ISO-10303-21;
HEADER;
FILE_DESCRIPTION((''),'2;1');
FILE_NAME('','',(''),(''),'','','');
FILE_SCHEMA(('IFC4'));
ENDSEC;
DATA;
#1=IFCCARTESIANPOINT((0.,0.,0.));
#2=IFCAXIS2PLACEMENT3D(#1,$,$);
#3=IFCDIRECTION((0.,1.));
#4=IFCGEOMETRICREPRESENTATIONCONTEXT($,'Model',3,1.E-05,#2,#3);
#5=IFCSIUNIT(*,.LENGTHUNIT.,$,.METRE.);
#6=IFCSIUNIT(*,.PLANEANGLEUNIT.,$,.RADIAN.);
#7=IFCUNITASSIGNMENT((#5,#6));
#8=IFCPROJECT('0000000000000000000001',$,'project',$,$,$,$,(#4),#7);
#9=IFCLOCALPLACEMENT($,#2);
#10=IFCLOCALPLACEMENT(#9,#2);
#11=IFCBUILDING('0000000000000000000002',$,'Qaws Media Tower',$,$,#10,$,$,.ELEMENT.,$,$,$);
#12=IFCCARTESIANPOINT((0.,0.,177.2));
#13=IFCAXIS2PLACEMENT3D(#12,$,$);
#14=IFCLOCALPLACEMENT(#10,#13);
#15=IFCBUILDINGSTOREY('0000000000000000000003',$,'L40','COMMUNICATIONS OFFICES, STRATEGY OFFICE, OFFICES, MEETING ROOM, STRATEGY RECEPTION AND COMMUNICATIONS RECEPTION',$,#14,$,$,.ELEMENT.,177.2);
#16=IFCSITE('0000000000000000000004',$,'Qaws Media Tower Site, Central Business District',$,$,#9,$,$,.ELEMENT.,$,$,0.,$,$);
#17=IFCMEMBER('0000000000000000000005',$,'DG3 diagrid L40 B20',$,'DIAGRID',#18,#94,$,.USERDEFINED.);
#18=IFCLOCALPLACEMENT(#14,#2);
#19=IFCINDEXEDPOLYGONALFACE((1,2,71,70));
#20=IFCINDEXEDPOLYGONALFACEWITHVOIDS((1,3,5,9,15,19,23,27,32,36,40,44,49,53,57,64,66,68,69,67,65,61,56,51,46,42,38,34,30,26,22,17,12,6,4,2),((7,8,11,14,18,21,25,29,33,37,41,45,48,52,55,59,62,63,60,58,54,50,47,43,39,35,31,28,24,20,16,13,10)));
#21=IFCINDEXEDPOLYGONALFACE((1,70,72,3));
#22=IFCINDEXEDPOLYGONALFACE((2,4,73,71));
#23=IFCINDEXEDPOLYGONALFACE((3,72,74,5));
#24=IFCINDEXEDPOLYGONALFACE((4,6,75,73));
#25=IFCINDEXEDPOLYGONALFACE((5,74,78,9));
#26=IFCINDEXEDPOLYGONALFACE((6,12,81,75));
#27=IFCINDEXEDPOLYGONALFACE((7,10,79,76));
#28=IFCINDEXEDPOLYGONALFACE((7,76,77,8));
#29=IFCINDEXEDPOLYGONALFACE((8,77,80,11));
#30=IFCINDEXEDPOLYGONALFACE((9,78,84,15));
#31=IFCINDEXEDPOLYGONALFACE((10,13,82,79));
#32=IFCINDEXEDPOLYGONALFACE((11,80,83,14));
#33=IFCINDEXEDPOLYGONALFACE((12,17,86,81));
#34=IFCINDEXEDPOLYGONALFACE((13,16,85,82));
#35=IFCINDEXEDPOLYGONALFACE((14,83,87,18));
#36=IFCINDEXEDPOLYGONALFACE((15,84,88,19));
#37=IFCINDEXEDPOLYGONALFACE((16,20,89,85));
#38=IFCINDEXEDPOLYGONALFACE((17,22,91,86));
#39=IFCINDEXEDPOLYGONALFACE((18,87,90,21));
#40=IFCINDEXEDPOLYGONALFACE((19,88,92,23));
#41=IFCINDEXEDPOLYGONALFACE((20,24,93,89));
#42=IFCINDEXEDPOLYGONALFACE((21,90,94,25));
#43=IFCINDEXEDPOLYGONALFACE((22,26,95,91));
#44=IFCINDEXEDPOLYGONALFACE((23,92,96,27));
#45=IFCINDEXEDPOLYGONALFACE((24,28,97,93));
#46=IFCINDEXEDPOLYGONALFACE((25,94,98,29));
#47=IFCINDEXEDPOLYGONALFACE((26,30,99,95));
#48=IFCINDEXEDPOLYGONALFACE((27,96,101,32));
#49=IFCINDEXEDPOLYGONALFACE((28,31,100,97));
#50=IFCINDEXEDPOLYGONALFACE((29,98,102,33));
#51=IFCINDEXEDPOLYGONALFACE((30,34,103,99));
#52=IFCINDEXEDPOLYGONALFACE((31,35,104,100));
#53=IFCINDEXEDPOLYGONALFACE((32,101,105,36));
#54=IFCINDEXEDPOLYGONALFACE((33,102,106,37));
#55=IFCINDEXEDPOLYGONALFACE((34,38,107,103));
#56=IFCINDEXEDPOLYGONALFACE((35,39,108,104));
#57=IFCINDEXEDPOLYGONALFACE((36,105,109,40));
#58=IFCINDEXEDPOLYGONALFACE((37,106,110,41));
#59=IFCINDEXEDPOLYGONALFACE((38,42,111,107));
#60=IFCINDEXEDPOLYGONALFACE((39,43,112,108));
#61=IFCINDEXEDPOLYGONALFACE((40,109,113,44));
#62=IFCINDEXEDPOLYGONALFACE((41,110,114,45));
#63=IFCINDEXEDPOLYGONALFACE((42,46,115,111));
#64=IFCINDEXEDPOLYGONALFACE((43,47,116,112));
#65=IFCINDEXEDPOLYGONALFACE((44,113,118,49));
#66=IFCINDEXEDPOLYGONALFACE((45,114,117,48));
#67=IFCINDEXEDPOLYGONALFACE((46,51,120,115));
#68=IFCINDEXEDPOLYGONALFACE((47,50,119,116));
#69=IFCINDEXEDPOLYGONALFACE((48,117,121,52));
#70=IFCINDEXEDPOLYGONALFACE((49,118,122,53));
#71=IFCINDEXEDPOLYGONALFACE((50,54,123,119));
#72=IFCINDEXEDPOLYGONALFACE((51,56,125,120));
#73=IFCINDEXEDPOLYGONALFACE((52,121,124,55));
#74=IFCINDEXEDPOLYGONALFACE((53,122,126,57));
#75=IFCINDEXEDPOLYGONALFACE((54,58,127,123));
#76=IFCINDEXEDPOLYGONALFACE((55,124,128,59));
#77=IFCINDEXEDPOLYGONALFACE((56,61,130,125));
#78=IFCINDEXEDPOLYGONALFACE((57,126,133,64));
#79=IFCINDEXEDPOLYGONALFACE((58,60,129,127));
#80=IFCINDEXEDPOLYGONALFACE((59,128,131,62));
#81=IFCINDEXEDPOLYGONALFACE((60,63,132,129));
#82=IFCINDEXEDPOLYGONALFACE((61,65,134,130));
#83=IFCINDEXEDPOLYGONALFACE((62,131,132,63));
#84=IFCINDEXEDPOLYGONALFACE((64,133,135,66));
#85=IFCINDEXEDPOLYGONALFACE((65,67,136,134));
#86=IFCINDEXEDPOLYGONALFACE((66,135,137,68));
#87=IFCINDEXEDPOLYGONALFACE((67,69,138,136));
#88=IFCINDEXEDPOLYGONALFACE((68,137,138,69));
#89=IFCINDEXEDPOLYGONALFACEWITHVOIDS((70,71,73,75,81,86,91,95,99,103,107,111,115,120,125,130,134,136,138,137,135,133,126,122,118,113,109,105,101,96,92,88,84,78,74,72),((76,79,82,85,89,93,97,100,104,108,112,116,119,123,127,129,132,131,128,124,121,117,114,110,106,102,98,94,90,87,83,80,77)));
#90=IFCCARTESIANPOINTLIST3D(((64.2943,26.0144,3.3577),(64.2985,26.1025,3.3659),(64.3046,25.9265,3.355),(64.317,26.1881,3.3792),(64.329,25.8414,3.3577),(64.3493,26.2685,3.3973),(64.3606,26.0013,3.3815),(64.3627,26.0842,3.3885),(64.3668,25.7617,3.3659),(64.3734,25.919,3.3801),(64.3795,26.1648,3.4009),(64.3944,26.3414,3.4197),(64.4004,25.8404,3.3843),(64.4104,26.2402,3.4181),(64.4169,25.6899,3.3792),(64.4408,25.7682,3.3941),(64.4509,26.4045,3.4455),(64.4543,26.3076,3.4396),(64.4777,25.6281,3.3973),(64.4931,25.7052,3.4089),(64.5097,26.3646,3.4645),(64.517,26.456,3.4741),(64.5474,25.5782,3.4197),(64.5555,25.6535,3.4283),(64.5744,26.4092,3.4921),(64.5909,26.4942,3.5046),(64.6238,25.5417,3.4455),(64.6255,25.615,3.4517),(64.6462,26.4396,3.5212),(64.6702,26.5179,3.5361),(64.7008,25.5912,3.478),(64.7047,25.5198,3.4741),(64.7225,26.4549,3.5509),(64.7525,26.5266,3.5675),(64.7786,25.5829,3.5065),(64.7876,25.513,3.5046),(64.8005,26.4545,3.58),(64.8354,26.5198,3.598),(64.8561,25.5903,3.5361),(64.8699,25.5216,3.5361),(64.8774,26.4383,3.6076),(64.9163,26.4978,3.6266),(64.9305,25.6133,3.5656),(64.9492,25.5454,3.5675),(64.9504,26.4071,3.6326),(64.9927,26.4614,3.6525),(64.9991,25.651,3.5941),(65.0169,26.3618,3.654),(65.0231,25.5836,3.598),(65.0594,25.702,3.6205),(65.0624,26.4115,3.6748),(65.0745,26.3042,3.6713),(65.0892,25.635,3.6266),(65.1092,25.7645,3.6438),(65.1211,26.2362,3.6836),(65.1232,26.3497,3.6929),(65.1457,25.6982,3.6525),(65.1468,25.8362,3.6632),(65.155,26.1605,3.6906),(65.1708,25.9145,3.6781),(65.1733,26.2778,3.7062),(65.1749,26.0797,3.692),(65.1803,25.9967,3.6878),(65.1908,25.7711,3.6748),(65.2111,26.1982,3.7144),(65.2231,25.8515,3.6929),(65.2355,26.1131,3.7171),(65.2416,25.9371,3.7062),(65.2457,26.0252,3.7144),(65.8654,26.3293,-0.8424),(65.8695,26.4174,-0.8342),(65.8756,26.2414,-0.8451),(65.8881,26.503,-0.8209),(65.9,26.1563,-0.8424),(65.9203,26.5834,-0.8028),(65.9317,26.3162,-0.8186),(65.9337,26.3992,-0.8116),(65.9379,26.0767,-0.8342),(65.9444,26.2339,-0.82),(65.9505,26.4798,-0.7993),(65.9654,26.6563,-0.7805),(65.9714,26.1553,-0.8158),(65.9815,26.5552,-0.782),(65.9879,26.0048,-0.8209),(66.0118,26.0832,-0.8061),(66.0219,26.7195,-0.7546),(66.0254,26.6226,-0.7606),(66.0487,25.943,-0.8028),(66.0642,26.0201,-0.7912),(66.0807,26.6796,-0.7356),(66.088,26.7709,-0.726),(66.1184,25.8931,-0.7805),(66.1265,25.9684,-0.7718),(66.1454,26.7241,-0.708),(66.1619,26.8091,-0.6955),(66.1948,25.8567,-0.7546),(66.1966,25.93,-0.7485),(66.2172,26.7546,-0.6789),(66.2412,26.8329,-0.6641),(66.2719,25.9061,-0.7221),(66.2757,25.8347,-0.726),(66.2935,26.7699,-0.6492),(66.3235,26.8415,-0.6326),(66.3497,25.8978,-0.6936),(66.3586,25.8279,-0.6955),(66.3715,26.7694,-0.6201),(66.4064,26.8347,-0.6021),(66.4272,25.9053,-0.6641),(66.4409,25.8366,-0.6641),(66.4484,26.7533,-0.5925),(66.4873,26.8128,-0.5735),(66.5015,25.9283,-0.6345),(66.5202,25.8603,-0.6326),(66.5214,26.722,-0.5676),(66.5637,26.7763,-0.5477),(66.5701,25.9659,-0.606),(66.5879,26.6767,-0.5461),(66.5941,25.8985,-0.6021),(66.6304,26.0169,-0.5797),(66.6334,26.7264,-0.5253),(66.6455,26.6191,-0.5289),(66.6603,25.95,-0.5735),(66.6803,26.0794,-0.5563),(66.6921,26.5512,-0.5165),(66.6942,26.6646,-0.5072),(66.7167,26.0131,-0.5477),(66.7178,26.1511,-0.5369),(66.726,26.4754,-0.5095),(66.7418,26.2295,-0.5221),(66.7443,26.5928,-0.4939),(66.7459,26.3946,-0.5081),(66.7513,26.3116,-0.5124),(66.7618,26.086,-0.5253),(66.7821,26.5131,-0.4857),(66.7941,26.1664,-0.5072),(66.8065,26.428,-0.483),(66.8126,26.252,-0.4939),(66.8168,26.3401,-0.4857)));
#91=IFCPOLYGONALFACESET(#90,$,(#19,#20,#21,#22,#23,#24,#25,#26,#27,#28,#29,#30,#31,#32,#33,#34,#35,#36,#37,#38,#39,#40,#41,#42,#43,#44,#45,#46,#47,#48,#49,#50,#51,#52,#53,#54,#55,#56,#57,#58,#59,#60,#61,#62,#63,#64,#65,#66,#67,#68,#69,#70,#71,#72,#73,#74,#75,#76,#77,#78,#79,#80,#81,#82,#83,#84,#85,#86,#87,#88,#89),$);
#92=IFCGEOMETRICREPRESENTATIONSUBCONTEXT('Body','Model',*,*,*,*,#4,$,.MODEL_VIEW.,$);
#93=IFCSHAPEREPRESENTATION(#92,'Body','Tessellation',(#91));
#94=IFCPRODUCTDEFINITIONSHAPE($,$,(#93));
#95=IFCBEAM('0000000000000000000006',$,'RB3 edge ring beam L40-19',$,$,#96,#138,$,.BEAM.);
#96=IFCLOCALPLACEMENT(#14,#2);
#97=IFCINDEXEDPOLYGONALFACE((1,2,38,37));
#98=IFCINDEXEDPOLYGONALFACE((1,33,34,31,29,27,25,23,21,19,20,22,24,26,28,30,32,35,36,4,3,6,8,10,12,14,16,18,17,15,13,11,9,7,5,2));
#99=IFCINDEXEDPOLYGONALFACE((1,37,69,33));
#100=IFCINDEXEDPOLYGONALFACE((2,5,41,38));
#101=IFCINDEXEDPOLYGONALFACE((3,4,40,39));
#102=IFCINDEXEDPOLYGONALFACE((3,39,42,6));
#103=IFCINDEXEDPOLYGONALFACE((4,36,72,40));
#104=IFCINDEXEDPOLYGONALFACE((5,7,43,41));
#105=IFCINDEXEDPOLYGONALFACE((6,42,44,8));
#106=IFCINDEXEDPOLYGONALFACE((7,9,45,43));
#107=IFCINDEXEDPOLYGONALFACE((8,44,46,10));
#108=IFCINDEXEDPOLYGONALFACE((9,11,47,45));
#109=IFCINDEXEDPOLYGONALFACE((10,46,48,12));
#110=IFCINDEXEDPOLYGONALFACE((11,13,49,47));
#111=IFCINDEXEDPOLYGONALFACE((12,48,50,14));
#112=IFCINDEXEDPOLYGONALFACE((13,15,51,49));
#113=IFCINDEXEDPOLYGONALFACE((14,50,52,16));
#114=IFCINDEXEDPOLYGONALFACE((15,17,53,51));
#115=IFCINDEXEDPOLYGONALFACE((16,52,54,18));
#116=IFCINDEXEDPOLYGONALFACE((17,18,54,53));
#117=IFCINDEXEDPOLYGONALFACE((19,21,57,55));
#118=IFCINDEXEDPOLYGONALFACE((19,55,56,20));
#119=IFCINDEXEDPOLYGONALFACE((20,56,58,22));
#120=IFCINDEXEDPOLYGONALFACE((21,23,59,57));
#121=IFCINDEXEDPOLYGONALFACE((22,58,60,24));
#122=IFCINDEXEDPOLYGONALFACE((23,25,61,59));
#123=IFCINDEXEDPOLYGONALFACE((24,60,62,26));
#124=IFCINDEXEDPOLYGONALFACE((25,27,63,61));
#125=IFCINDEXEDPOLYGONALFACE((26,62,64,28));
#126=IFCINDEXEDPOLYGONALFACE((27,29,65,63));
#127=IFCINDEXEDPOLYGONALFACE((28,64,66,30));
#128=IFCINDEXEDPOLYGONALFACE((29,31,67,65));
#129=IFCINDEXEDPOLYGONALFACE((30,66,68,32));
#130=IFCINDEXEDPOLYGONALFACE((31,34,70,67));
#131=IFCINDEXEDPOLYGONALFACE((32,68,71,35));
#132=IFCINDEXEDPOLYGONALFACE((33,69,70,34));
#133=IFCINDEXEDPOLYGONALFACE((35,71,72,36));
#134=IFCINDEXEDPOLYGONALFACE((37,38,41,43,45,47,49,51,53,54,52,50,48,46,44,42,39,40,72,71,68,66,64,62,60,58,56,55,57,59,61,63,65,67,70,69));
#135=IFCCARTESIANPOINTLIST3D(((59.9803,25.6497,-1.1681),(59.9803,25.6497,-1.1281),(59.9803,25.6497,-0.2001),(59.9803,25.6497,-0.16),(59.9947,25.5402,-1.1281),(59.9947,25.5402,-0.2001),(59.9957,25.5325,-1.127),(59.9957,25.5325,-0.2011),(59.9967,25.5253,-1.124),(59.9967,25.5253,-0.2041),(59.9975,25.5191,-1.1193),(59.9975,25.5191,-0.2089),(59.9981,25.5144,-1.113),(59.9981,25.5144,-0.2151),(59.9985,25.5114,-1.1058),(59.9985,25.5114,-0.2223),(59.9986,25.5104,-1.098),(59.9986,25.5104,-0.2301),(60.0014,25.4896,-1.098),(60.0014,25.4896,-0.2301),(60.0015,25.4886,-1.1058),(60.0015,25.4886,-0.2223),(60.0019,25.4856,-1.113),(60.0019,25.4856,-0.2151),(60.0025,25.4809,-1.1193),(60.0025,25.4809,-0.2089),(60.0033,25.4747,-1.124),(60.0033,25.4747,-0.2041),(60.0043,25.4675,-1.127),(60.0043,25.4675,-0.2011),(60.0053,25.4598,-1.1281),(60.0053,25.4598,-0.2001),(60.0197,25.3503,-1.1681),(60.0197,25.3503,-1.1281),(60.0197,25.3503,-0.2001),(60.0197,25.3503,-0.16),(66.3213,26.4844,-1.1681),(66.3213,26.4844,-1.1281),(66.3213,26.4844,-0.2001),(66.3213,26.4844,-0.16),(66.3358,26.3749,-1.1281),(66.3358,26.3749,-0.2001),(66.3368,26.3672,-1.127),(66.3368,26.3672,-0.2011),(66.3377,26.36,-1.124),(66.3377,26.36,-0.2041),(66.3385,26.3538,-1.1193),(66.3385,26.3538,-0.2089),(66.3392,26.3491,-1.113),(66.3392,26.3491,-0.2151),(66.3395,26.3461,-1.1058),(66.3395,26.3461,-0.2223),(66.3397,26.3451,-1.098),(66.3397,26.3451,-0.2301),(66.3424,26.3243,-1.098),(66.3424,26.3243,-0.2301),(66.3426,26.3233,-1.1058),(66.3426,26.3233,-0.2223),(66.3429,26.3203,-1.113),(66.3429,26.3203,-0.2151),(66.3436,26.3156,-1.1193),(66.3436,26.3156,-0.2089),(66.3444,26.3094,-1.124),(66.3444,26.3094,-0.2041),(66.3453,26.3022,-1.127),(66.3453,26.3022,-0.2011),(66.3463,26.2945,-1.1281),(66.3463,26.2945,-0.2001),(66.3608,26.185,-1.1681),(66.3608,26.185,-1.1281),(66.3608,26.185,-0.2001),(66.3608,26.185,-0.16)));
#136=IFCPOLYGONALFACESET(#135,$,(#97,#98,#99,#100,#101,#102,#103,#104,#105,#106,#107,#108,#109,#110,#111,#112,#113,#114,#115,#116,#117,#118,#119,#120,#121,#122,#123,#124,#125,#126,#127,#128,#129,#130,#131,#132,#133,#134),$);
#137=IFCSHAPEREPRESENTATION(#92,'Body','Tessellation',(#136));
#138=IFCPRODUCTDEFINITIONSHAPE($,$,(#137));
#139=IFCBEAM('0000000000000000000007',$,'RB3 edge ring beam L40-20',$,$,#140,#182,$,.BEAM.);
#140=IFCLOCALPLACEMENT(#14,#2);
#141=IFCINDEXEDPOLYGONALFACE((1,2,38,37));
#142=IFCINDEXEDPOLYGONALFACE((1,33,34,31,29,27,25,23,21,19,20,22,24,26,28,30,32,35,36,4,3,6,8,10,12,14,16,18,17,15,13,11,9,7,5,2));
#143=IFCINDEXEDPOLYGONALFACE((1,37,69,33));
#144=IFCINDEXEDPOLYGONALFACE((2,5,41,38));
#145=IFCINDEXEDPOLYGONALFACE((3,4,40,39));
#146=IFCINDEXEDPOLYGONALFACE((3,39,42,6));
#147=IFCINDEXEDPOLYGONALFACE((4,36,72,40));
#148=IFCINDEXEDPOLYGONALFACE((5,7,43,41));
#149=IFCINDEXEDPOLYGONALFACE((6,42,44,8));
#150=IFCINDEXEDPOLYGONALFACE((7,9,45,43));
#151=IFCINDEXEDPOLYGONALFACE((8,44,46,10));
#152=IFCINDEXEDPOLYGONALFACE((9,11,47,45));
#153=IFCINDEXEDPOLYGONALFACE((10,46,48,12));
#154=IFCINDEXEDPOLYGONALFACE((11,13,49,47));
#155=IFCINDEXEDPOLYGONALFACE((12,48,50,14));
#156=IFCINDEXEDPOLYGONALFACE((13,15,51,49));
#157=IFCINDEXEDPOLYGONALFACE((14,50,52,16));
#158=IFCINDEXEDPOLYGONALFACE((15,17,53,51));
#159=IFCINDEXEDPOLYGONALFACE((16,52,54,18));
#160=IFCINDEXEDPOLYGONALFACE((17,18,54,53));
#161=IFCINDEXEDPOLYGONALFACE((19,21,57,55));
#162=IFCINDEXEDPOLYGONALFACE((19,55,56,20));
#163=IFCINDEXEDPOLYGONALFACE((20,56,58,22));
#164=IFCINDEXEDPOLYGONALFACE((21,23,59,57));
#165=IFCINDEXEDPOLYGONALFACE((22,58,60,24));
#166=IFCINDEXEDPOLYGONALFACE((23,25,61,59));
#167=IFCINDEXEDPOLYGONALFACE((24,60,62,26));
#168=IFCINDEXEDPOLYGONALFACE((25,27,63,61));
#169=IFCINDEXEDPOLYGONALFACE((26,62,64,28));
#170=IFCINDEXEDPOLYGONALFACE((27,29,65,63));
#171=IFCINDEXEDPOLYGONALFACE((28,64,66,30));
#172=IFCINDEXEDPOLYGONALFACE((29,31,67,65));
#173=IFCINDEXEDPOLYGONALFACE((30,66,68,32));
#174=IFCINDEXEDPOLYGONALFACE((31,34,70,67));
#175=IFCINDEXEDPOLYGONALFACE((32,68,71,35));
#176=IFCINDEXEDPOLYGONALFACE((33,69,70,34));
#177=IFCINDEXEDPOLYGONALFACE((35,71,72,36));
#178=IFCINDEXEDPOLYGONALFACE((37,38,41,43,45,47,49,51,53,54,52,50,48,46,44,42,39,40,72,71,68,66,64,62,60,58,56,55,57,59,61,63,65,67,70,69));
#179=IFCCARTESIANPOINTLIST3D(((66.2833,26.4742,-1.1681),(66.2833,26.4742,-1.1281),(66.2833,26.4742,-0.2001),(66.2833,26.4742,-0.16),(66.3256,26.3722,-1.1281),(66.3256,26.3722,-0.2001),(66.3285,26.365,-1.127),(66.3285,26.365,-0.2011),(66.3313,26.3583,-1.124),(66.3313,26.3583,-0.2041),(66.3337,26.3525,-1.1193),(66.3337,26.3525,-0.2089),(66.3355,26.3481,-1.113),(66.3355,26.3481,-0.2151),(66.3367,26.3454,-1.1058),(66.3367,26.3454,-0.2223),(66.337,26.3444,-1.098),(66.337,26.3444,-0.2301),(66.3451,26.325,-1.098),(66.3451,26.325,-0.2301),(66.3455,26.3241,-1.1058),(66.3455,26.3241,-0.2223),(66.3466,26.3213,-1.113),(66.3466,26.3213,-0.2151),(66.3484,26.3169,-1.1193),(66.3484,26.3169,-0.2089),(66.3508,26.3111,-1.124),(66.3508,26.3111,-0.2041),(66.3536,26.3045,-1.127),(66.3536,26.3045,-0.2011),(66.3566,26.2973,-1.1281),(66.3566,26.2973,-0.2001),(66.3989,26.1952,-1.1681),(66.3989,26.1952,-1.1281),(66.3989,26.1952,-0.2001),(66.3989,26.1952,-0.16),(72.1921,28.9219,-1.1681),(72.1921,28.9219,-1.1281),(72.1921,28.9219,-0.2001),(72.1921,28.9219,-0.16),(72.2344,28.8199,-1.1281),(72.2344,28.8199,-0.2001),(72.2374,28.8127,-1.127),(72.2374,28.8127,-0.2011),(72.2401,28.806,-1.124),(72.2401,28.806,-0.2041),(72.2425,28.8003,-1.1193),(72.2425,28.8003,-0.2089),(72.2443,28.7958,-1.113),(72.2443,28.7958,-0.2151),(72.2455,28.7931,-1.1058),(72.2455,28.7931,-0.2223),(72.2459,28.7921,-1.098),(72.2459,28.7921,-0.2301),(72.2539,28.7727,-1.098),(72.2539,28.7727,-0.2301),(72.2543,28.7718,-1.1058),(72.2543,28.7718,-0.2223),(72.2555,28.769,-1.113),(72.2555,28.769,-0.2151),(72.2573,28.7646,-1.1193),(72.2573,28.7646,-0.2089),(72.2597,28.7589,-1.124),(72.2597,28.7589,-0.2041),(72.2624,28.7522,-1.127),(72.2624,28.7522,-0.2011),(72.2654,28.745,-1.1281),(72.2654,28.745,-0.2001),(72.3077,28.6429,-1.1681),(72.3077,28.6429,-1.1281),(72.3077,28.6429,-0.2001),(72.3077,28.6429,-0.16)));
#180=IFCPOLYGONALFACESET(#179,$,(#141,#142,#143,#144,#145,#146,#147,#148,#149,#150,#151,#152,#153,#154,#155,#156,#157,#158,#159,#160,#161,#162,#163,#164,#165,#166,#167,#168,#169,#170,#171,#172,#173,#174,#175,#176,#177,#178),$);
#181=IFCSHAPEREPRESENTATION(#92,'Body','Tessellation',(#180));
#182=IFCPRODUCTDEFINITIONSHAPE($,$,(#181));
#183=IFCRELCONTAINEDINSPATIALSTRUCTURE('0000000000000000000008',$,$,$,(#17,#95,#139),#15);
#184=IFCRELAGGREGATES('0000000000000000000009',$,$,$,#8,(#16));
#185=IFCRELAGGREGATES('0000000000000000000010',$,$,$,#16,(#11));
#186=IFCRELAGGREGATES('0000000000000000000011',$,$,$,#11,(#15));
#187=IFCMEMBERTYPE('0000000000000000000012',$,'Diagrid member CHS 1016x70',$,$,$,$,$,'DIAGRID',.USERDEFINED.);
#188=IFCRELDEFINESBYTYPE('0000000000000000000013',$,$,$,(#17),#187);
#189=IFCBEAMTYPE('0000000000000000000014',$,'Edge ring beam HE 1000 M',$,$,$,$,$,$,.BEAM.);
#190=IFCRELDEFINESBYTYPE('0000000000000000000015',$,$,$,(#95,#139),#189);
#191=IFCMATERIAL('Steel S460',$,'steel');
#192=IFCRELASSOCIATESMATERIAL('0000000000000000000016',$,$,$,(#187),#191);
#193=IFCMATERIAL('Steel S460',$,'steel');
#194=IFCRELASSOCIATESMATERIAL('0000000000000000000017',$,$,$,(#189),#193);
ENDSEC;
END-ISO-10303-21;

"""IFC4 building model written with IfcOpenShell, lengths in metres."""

from ifc_helpers import new_model, si_unit, direction, frame, origin, origin_2d, place, context, subcontext, project, spatial, hollow_circle, i_section, extrude, material, material_profile, profile_set, type_object, element, save


model = new_model("IFC4")

# Units and contexts
model_context = context("Model", 3, precision=1e-05, world=origin(), true_north=direction((0.0, 1.0)))
body_context = subcontext(model_context, "Body", "Model", "MODEL_VIEW")
ifc_project = project(units=[si_unit("LENGTHUNIT", "METRE"), si_unit("PLANEANGLEUNIT", "RADIAN")], contexts=[model_context])

# Site, building, storey
site_placement = place(None, origin())
site = spatial("IfcSite", under=ifc_project, at=site_placement, Name="Qaws Media Tower Site, Central Business District", CompositionType="ELEMENT", RefElevation=0.0)
building_placement = place(site_placement, origin())
building = spatial("IfcBuilding", under=site, at=building_placement, Name="Qaws Media Tower", CompositionType="ELEMENT")
storey_placement = place(building_placement, frame((0.0, 0.0, 177.2)))
storey = spatial("IfcBuildingStorey", under=building, at=storey_placement, Name="L40", Description="COMMUNICATIONS OFFICES, STRATEGY OFFICE, OFFICES, MEETING ROOM, STRATEGY RECEPTION AND COMMUNICATIONS RECEPTION", CompositionType="ELEMENT", Elevation=177.2)

# Member
ifc_material_1 = material(Name="Steel S460", Category="steel")
ifc_material_profile_1 = material_profile(ifc_material_1, hollow_circle(Radius=0.5081, WallThickness=0.0701, at=origin_2d()), Name="CHS 1016x70")
ifc_profile_set_1 = profile_set([ifc_material_profile_1], Name="Steel S460")
member_type_1 = type_object("IfcMemberType", Name="Diagrid member CHS 1016x70", ElementType="DIAGRID", PredefinedType="USERDEFINED", material=ifc_profile_set_1)
for number, where, z_axis, x_axis, name in (
    (1, (66.3411, 26.3347, -0.6641), (-0.349475, -0.070058, 0.934323), (0.196556, -0.980493, 0.0), "DG3 diagrid L40 B20"),
):
    element("IfcMember", number, at=place(storey_placement, frame(where, z_axis=z_axis, x_axis=x_axis)), inside=storey, type_object=member_type_1, Name=name, ObjectType="DIAGRID", PredefinedType="USERDEFINED", context=body_context, shape_type="SweptSolid", body=[
        extrude(hollow_circle(Radius=0.5081, WallThickness=0.0701, at=origin_2d()), origin(), (0.0, 0.0, 1.0), 4.4954),
    ])

# Beams
ifc_material_2 = material(Name="Steel S460", Category="steel")
ifc_material_profile_2 = material_profile(ifc_material_2, i_section(OverallWidth=0.302, OverallDepth=1.0081, WebThickness=0.021, FlangeThickness=0.04, FilletRadius=0.03, at=origin_2d()), Name="HE 1000 M")
ifc_profile_set_2 = profile_set([ifc_material_profile_2], Name="Steel S460")
beam_type_1 = type_object("IfcBeamType", Name="Edge ring beam HE 1000 M", PredefinedType="BEAM", material=ifc_profile_set_2)
for number, where, z_axis, x_axis, name in (
    (2, (60.0, 25.5, -0.6641), (0.991447, 0.130511, 0.0), (-0.130511, 0.991447, 0.0), "RB3 edge ring beam L40-19"),
    (3, (66.3411, 26.3347, -0.6641), (0.923869, 0.382709, 0.0), (-0.382709, 0.923869, 0.0), "RB3 edge ring beam L40-20"),
):
    element("IfcBeam", number, at=place(storey_placement, frame(where, z_axis=z_axis, x_axis=x_axis)), inside=storey, type_object=beam_type_1, Name=name, PredefinedType="BEAM", context=body_context, shape_type="SweptSolid", body=[
        extrude(i_section(OverallWidth=0.302, OverallDepth=1.0081, WebThickness=0.021, FlangeThickness=0.04, FilletRadius=0.03, at=origin_2d()), origin(), (0.0, 0.0, 1.0), 6.3958),
    ])

save(model, "model.ifc")
